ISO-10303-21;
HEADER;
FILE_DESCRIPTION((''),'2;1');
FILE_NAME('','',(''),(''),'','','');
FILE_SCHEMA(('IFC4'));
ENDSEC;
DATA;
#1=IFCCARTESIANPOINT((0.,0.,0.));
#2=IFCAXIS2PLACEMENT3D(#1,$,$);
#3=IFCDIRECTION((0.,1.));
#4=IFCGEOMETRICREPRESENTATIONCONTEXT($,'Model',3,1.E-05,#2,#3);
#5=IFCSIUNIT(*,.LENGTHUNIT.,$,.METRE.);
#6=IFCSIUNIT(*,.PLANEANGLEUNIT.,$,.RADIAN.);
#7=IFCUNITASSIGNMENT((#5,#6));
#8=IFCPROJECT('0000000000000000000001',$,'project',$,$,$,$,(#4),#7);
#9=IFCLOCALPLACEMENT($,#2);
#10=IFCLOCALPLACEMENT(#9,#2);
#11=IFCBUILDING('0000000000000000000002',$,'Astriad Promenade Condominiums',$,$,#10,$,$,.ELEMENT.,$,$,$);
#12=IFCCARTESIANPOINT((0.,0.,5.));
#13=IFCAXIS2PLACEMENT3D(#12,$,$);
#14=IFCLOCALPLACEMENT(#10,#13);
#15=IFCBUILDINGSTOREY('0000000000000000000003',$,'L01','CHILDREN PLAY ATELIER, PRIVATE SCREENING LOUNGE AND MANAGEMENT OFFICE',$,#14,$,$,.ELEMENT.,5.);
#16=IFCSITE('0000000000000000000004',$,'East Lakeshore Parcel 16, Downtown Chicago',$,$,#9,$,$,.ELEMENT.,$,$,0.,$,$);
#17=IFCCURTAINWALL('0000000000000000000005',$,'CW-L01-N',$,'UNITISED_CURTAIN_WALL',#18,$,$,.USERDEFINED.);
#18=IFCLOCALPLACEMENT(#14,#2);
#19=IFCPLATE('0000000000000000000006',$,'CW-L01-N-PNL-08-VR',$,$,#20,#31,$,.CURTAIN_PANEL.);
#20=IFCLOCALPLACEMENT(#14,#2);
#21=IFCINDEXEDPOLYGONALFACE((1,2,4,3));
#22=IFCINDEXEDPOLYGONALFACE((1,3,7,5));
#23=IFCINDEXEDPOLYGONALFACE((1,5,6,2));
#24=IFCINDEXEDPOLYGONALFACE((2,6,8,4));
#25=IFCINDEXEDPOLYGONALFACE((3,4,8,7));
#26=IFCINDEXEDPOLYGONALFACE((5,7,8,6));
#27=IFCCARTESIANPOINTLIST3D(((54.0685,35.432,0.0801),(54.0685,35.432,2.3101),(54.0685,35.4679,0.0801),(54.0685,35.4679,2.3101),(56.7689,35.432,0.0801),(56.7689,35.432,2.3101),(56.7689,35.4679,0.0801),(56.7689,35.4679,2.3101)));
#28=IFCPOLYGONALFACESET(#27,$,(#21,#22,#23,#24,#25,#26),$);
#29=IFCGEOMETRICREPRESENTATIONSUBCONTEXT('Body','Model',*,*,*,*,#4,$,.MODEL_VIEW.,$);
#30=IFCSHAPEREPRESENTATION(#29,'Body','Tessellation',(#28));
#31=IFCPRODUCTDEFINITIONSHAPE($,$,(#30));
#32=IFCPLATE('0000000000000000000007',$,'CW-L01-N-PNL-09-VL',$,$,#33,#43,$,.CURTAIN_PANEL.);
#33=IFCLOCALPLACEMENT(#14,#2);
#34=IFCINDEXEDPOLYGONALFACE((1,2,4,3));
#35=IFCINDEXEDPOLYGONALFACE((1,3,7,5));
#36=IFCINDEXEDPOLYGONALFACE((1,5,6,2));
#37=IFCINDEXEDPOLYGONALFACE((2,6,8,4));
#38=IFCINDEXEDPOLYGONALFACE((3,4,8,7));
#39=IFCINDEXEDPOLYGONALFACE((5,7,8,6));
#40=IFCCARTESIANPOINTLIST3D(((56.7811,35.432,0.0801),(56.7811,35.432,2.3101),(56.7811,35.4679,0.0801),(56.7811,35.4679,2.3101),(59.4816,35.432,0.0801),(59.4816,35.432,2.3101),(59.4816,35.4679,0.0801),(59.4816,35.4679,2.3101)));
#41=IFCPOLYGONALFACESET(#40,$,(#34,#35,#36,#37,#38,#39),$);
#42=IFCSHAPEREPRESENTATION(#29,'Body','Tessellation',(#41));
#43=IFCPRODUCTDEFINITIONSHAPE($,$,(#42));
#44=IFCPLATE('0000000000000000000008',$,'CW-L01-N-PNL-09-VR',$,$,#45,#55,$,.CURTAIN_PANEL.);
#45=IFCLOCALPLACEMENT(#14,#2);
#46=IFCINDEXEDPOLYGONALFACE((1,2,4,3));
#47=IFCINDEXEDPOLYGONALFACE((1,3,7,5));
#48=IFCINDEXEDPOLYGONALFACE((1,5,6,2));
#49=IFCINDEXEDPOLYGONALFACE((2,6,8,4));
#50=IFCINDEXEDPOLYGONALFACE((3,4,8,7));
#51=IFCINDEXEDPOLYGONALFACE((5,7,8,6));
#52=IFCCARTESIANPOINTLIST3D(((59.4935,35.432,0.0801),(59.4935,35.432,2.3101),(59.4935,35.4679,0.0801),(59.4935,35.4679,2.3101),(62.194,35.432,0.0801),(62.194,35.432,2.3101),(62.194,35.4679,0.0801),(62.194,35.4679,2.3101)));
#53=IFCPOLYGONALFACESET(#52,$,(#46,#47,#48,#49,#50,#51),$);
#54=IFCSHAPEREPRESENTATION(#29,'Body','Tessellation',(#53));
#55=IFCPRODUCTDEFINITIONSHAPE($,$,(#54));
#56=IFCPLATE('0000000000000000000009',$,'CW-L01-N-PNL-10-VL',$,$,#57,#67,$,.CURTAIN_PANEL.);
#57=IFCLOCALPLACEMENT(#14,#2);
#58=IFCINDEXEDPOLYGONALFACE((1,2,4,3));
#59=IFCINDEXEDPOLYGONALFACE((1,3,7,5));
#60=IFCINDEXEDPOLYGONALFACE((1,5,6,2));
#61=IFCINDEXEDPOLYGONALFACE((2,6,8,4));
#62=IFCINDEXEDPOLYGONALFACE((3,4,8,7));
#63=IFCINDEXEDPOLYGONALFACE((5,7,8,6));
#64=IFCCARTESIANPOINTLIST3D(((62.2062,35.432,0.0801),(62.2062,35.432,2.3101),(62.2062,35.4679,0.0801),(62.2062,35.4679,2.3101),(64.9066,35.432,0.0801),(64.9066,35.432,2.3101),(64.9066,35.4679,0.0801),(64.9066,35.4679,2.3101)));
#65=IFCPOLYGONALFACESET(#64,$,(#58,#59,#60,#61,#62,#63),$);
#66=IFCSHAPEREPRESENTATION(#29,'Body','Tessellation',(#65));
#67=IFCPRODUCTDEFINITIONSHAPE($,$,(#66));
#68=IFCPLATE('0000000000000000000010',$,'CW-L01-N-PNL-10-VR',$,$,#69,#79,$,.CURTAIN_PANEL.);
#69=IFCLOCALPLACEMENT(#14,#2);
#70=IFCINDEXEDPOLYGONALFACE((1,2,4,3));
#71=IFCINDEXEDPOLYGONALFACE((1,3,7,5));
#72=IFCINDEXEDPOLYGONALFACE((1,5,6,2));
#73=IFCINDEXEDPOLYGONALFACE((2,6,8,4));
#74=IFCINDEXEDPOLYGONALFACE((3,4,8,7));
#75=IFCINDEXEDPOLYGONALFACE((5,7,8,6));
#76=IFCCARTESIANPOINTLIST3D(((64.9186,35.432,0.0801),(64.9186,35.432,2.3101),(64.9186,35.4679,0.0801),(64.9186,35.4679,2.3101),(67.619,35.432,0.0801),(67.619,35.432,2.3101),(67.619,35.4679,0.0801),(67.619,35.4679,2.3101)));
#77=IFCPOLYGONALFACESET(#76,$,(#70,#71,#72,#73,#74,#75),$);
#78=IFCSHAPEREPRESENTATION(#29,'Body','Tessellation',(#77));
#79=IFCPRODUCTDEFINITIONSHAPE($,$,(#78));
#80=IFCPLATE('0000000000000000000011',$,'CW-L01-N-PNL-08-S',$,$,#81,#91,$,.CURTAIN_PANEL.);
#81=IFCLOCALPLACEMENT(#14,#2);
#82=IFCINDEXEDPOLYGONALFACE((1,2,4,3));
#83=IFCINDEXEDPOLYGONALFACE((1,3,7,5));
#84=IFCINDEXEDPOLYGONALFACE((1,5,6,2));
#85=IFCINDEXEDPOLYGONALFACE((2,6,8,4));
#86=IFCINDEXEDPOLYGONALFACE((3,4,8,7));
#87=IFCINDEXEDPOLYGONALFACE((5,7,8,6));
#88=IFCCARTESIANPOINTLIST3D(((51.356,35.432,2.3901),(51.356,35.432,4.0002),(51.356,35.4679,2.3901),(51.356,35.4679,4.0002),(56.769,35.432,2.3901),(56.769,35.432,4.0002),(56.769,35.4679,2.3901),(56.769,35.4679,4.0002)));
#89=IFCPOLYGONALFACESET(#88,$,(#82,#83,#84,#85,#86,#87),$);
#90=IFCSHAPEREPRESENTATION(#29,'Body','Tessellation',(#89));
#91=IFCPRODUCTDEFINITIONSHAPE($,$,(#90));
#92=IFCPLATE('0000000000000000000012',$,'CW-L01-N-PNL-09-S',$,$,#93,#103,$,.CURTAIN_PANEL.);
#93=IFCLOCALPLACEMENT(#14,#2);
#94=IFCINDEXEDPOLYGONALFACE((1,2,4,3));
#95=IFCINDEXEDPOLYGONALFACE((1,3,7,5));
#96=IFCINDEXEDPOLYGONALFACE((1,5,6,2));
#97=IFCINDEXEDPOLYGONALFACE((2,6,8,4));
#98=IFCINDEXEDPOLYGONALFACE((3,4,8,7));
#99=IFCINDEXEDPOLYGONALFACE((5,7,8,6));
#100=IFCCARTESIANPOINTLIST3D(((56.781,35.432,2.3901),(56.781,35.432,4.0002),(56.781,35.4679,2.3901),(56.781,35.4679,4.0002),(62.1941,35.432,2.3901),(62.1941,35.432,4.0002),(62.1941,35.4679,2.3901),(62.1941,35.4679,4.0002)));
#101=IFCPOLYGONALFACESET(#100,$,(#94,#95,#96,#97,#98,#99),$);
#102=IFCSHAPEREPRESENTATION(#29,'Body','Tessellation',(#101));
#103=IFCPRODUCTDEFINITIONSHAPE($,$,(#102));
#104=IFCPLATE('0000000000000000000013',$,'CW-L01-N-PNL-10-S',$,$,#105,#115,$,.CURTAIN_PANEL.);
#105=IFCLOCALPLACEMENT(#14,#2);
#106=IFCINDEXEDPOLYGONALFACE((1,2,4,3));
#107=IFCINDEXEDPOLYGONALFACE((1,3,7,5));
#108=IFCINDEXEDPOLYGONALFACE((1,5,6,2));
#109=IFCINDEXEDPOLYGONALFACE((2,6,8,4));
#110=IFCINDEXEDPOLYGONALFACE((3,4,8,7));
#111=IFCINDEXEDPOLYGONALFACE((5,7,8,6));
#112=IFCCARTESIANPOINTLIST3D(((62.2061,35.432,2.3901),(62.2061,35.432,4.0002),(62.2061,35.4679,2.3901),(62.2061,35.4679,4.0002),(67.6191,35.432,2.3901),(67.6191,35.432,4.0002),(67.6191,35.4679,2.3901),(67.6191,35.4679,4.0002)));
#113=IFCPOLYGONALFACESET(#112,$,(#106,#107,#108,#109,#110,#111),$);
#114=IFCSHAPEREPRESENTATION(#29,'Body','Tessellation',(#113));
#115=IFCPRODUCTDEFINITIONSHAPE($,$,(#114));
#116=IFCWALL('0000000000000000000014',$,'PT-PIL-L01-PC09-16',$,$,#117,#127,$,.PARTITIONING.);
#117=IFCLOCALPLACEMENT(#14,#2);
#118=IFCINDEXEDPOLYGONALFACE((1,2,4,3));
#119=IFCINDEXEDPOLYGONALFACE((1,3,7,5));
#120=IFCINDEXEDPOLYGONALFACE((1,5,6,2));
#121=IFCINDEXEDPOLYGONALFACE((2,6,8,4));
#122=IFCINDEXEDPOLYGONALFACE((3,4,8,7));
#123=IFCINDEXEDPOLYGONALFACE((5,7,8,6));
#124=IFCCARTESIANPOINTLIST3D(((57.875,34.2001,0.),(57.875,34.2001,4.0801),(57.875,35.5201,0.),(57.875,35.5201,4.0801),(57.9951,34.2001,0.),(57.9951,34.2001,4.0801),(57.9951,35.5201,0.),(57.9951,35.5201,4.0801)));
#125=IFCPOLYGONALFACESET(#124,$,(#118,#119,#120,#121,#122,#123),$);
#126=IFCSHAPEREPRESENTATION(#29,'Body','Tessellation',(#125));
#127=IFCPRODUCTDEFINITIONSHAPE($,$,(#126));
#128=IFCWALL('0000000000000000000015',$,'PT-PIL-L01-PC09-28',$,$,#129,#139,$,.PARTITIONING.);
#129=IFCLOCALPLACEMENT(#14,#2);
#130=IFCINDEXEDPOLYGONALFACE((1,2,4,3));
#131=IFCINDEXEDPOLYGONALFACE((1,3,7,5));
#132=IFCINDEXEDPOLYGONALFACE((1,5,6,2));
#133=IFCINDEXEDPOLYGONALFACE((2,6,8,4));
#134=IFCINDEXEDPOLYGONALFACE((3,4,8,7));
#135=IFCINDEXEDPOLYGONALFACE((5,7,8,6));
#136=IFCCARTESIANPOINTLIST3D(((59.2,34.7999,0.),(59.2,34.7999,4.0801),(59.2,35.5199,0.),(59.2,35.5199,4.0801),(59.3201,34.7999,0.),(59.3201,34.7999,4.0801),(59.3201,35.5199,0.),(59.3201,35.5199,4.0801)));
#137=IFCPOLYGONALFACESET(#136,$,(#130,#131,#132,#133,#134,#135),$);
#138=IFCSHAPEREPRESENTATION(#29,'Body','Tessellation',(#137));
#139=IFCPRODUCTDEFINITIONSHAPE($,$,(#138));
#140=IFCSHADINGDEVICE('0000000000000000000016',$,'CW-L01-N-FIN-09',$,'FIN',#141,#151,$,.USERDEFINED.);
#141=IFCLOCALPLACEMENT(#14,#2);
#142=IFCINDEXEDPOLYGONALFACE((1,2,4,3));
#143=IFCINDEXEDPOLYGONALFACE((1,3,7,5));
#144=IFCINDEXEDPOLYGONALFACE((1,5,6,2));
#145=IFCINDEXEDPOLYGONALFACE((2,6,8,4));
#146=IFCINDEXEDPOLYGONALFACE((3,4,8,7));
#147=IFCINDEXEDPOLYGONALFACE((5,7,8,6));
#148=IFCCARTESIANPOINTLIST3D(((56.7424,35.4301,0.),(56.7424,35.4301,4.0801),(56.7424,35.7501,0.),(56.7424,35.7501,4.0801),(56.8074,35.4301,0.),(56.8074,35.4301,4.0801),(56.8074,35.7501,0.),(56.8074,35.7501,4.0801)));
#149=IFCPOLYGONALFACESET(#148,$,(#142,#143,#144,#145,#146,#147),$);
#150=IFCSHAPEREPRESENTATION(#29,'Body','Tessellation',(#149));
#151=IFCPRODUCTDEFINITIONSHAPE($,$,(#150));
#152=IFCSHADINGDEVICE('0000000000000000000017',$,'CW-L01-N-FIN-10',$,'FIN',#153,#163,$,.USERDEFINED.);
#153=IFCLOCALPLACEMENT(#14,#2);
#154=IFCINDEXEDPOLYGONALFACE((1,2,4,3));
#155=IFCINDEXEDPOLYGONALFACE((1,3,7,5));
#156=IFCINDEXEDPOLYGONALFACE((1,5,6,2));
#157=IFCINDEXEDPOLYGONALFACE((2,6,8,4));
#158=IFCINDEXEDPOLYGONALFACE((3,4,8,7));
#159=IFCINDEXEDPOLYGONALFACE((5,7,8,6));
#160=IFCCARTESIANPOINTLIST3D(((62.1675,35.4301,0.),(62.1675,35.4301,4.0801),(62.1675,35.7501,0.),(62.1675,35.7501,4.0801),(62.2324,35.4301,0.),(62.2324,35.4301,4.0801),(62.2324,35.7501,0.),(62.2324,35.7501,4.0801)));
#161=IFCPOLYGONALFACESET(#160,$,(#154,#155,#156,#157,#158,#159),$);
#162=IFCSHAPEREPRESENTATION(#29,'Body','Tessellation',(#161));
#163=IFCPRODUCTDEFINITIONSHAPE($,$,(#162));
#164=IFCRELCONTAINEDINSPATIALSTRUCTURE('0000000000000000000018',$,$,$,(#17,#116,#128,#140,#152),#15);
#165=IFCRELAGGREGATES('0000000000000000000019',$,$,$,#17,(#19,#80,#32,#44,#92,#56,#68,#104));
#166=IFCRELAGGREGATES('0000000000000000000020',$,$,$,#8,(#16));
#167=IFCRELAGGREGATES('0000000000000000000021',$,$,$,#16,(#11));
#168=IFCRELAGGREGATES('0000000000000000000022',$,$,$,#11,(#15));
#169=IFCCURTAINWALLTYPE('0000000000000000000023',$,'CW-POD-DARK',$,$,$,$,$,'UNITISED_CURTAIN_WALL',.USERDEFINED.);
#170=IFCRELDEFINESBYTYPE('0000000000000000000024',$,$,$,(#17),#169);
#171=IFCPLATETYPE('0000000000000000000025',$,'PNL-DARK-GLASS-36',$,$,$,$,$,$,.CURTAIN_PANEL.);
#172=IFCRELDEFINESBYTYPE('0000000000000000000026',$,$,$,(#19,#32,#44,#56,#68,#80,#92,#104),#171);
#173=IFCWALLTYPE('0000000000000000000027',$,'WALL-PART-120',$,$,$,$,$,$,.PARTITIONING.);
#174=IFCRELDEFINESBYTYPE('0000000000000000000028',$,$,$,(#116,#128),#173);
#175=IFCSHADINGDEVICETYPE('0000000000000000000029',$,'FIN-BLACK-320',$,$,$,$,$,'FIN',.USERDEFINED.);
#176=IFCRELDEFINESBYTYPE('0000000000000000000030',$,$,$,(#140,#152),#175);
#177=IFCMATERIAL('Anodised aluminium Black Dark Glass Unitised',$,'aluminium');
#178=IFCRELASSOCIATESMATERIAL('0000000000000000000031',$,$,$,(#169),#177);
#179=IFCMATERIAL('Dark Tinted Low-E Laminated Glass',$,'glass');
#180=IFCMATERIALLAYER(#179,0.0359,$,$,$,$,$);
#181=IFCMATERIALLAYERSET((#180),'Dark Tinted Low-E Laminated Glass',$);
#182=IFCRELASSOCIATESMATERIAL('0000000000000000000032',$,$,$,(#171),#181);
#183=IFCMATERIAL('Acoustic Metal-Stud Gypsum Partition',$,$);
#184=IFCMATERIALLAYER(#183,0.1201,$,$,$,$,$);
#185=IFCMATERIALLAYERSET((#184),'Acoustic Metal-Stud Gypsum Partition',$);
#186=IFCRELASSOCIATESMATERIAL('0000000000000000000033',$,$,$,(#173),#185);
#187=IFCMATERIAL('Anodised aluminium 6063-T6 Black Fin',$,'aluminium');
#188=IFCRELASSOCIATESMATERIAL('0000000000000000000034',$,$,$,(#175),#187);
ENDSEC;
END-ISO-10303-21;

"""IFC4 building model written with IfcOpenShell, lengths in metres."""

from ifc_helpers import new_model, si_unit, direction, frame, frame_2d, origin, origin_2d, place, context, subcontext, project, spatial, rectangle, extrude, source, transform, mapped, material, layer, layer_set, type_object, type_shapes, element, aggregate, save


model = new_model("IFC4")

# Units and contexts
model_context = context("Model", 3, precision=1e-05, world=origin(), true_north=direction((0.0, 1.0)))
body_context = subcontext(model_context, "Body", "Model", "MODEL_VIEW")
ifc_project = project(units=[si_unit("LENGTHUNIT", "METRE"), si_unit("PLANEANGLEUNIT", "RADIAN")], contexts=[model_context])

# Site, building, storey
site_placement = place(None, origin())
site = spatial("IfcSite", under=ifc_project, at=site_placement, Name="East Lakeshore Parcel 16, Downtown Chicago", CompositionType="ELEMENT", RefElevation=0.0)
building_placement = place(site_placement, origin())
building = spatial("IfcBuilding", under=site, at=building_placement, Name="Astriad Promenade Condominiums", CompositionType="ELEMENT")
storey_placement = place(building_placement, frame((0.0, 0.0, 5.0)))
storey = spatial("IfcBuildingStorey", under=building, at=storey_placement, Name="L01", Description="CHILDREN PLAY ATELIER, PRIVATE SCREENING LOUNGE AND MANAGEMENT OFFICE", CompositionType="ELEMENT", Elevation=5.0)

# Curtain wall
ifc_material_1 = material(Name="Anodised aluminium Black Dark Glass Unitised", Category="aluminium")
curtain_wall_type = type_object("IfcCurtainWallType", Name="CW-POD-DARK", ElementType="UNITISED_CURTAIN_WALL", PredefinedType="USERDEFINED", material=ifc_material_1)
curtain_wall_placement = place(storey_placement, origin())
curtain_wall = element("IfcCurtainWall", 1, at=curtain_wall_placement, inside=storey, type_object=curtain_wall_type, Name="CW-L01-N", ObjectType="UNITISED_CURTAIN_WALL", PredefinedType="USERDEFINED")

# Plates
ifc_material_2 = material(Name="Dark Tinted Low-E Laminated Glass", Category="glass")
ifc_layer_1 = layer(ifc_material_2, 0.0359)
ifc_layer_set_1 = layer_set([ifc_layer_1], Name="Dark Tinted Low-E Laminated Glass")
plate_type_1 = type_object("IfcPlateType", Name="PNL-DARK-GLASS-36", PredefinedType="CURTAIN_PANEL", material=ifc_layer_set_1)
shared_shape_1 = source(origin(), body_context, "Body", "SweptSolid", [
    extrude(rectangle(XDim=2.7004, YDim=0.0359, at=origin_2d()), origin(), (0.0, 0.0, 1.0), 2.23),
])
plate_1_placement = place(storey_placement, frame((55.4187, 35.45, 0.0801), z_axis=(0.0, 0.0, 1.0), x_axis=(1.0, 0.0, 0.0)))
plate_1 = element("IfcPlate", 2, at=plate_1_placement, type_object=plate_type_1, Name="CW-L01-N-PNL-08-VR", PredefinedType="CURTAIN_PANEL", context=body_context, shape_type="MappedRepresentation", body=[
    mapped(shared_shape_1, transform((0.0, 0.0, 0.0), scale=1.0)),
])
plate_2_placement = place(storey_placement, frame((58.1313, 35.45, 0.0801), z_axis=(0.0, 0.0, 1.0), x_axis=(1.0, 0.0, 0.0)))
plate_2 = element("IfcPlate", 3, at=plate_2_placement, type_object=plate_type_1, Name="CW-L01-N-PNL-09-VL", PredefinedType="CURTAIN_PANEL", context=body_context, shape_type="MappedRepresentation", body=[
    mapped(shared_shape_1, transform((0.0, 0.0, 0.0), scale=1.0)),
])
plate_3_placement = place(storey_placement, frame((60.8438, 35.45, 0.0801), z_axis=(0.0, 0.0, 1.0), x_axis=(1.0, 0.0, 0.0)))
plate_3 = element("IfcPlate", 4, at=plate_3_placement, type_object=plate_type_1, Name="CW-L01-N-PNL-09-VR", PredefinedType="CURTAIN_PANEL", context=body_context, shape_type="MappedRepresentation", body=[
    mapped(shared_shape_1, transform((0.0, 0.0, 0.0), scale=1.0)),
])
plate_4_placement = place(storey_placement, frame((63.5564, 35.45, 0.0801), z_axis=(0.0, 0.0, 1.0), x_axis=(1.0, 0.0, 0.0)))
plate_4 = element("IfcPlate", 5, at=plate_4_placement, type_object=plate_type_1, Name="CW-L01-N-PNL-10-VL", PredefinedType="CURTAIN_PANEL", context=body_context, shape_type="MappedRepresentation", body=[
    mapped(shared_shape_1, transform((0.0, 0.0, 0.0), scale=1.0)),
])
plate_5_placement = place(storey_placement, frame((66.2688, 35.45, 0.0801), z_axis=(0.0, 0.0, 1.0), x_axis=(1.0, 0.0, 0.0)))
plate_5 = element("IfcPlate", 6, at=plate_5_placement, type_object=plate_type_1, Name="CW-L01-N-PNL-10-VR", PredefinedType="CURTAIN_PANEL", context=body_context, shape_type="MappedRepresentation", body=[
    mapped(shared_shape_1, transform((0.0, 0.0, 0.0), scale=1.0)),
])
shared_shape_2 = source(origin(), body_context, "Body", "SweptSolid", [
    extrude(rectangle(XDim=5.4131, YDim=0.0359, at=origin_2d()), origin(), (0.0, 0.0, 1.0), 1.6101),
])
type_shapes(plate_type_1, [shared_shape_1, shared_shape_2])
plate_6_placement = place(storey_placement, frame((54.0625, 35.45, 2.3901), z_axis=(0.0, 0.0, 1.0), x_axis=(1.0, 0.0, 0.0)))
plate_6 = element("IfcPlate", 7, at=plate_6_placement, type_object=plate_type_1, Name="CW-L01-N-PNL-08-S", PredefinedType="CURTAIN_PANEL", context=body_context, shape_type="MappedRepresentation", body=[
    mapped(shared_shape_2, transform((0.0, 0.0, 0.0), scale=1.0)),
])
plate_7_placement = place(storey_placement, frame((59.4875, 35.45, 2.3901), z_axis=(0.0, 0.0, 1.0), x_axis=(1.0, 0.0, 0.0)))
plate_7 = element("IfcPlate", 8, at=plate_7_placement, type_object=plate_type_1, Name="CW-L01-N-PNL-09-S", PredefinedType="CURTAIN_PANEL", context=body_context, shape_type="MappedRepresentation", body=[
    mapped(shared_shape_2, transform((0.0, 0.0, 0.0), scale=1.0)),
])
plate_8_placement = place(storey_placement, frame((64.9126, 35.45, 2.3901), z_axis=(0.0, 0.0, 1.0), x_axis=(1.0, 0.0, 0.0)))
plate_8 = element("IfcPlate", 9, at=plate_8_placement, type_object=plate_type_1, Name="CW-L01-N-PNL-10-S", PredefinedType="CURTAIN_PANEL", context=body_context, shape_type="MappedRepresentation", body=[
    mapped(shared_shape_2, transform((0.0, 0.0, 0.0), scale=1.0)),
])
aggregate(curtain_wall, [plate_1, plate_6, plate_2, plate_3, plate_7, plate_4, plate_5, plate_8])

# Walls
ifc_material_3 = material(Name="Acoustic Metal-Stud Gypsum Partition")
ifc_layer_2 = layer(ifc_material_3, 0.1201)
ifc_layer_set_2 = layer_set([ifc_layer_2], Name="Acoustic Metal-Stud Gypsum Partition")
wall_type = type_object("IfcWallType", Name="WALL-PART-120", PredefinedType="PARTITIONING", material=ifc_layer_set_2)
wall_1_placement = place(storey_placement, frame((57.9351, 34.2, 0.0), z_axis=(0.0, 0.0, 1.0), x_axis=(0.0, 1.0, 0.0)))
element("IfcWall", 10, at=wall_1_placement, inside=storey, type_object=wall_type, Name="PT-PIL-L01-PC09-16", PredefinedType="PARTITIONING", context=body_context, shape_type="SweptSolid", body=[
    extrude(rectangle(XDim=1.3201, YDim=0.1201, at=frame_2d((0.6602, 0.0))), origin(), (0.0, 0.0, 1.0), 4.0801),
])
wall_2_placement = place(storey_placement, frame((59.26, 34.8, 0.0), z_axis=(0.0, 0.0, 1.0), x_axis=(0.0, 1.0, 0.0)))
element("IfcWall", 11, at=wall_2_placement, inside=storey, type_object=wall_type, Name="PT-PIL-L01-PC09-28", PredefinedType="PARTITIONING", context=body_context, shape_type="SweptSolid", body=[
    extrude(rectangle(XDim=0.72, YDim=0.1201, at=frame_2d((0.3599, 0.0))), origin(), (0.0, 0.0, 1.0), 4.0801),
])

# Shading devices
ifc_material_4 = material(Name="Anodised aluminium 6063-T6 Black Fin", Category="aluminium")
shading_device_type = type_object("IfcShadingDeviceType", Name="FIN-BLACK-320", ElementType="FIN", PredefinedType="USERDEFINED", material=ifc_material_4)
shared_shape_3 = source(origin(), body_context, "Body", "SweptSolid", [
    extrude(rectangle(XDim=0.0649, YDim=0.3201, at=origin_2d()), origin(), (0.0, 0.0, 1.0), 4.0801),
])
type_shapes(shading_device_type, [shared_shape_3])
for number, where, z_axis, x_axis, name in (
    (12, (56.7749, 35.5901, 0.0), (0.0, 0.0, 1.0), (1.0, 0.0, 0.0), "CW-L01-N-FIN-09"),
    (13, (62.2, 35.5901, 0.0), (0.0, 0.0, 1.0), (1.0, 0.0, 0.0), "CW-L01-N-FIN-10"),
):
    element("IfcShadingDevice", number, at=place(storey_placement, frame(where, z_axis=z_axis, x_axis=x_axis)), inside=storey, type_object=shading_device_type, Name=name, ObjectType="FIN", PredefinedType="USERDEFINED", context=body_context, shape_type="MappedRepresentation", body=[
        mapped(shared_shape_3, transform((0.0, 0.0, 0.0), scale=1.0)),
    ])

save(model, "model.ifc")
